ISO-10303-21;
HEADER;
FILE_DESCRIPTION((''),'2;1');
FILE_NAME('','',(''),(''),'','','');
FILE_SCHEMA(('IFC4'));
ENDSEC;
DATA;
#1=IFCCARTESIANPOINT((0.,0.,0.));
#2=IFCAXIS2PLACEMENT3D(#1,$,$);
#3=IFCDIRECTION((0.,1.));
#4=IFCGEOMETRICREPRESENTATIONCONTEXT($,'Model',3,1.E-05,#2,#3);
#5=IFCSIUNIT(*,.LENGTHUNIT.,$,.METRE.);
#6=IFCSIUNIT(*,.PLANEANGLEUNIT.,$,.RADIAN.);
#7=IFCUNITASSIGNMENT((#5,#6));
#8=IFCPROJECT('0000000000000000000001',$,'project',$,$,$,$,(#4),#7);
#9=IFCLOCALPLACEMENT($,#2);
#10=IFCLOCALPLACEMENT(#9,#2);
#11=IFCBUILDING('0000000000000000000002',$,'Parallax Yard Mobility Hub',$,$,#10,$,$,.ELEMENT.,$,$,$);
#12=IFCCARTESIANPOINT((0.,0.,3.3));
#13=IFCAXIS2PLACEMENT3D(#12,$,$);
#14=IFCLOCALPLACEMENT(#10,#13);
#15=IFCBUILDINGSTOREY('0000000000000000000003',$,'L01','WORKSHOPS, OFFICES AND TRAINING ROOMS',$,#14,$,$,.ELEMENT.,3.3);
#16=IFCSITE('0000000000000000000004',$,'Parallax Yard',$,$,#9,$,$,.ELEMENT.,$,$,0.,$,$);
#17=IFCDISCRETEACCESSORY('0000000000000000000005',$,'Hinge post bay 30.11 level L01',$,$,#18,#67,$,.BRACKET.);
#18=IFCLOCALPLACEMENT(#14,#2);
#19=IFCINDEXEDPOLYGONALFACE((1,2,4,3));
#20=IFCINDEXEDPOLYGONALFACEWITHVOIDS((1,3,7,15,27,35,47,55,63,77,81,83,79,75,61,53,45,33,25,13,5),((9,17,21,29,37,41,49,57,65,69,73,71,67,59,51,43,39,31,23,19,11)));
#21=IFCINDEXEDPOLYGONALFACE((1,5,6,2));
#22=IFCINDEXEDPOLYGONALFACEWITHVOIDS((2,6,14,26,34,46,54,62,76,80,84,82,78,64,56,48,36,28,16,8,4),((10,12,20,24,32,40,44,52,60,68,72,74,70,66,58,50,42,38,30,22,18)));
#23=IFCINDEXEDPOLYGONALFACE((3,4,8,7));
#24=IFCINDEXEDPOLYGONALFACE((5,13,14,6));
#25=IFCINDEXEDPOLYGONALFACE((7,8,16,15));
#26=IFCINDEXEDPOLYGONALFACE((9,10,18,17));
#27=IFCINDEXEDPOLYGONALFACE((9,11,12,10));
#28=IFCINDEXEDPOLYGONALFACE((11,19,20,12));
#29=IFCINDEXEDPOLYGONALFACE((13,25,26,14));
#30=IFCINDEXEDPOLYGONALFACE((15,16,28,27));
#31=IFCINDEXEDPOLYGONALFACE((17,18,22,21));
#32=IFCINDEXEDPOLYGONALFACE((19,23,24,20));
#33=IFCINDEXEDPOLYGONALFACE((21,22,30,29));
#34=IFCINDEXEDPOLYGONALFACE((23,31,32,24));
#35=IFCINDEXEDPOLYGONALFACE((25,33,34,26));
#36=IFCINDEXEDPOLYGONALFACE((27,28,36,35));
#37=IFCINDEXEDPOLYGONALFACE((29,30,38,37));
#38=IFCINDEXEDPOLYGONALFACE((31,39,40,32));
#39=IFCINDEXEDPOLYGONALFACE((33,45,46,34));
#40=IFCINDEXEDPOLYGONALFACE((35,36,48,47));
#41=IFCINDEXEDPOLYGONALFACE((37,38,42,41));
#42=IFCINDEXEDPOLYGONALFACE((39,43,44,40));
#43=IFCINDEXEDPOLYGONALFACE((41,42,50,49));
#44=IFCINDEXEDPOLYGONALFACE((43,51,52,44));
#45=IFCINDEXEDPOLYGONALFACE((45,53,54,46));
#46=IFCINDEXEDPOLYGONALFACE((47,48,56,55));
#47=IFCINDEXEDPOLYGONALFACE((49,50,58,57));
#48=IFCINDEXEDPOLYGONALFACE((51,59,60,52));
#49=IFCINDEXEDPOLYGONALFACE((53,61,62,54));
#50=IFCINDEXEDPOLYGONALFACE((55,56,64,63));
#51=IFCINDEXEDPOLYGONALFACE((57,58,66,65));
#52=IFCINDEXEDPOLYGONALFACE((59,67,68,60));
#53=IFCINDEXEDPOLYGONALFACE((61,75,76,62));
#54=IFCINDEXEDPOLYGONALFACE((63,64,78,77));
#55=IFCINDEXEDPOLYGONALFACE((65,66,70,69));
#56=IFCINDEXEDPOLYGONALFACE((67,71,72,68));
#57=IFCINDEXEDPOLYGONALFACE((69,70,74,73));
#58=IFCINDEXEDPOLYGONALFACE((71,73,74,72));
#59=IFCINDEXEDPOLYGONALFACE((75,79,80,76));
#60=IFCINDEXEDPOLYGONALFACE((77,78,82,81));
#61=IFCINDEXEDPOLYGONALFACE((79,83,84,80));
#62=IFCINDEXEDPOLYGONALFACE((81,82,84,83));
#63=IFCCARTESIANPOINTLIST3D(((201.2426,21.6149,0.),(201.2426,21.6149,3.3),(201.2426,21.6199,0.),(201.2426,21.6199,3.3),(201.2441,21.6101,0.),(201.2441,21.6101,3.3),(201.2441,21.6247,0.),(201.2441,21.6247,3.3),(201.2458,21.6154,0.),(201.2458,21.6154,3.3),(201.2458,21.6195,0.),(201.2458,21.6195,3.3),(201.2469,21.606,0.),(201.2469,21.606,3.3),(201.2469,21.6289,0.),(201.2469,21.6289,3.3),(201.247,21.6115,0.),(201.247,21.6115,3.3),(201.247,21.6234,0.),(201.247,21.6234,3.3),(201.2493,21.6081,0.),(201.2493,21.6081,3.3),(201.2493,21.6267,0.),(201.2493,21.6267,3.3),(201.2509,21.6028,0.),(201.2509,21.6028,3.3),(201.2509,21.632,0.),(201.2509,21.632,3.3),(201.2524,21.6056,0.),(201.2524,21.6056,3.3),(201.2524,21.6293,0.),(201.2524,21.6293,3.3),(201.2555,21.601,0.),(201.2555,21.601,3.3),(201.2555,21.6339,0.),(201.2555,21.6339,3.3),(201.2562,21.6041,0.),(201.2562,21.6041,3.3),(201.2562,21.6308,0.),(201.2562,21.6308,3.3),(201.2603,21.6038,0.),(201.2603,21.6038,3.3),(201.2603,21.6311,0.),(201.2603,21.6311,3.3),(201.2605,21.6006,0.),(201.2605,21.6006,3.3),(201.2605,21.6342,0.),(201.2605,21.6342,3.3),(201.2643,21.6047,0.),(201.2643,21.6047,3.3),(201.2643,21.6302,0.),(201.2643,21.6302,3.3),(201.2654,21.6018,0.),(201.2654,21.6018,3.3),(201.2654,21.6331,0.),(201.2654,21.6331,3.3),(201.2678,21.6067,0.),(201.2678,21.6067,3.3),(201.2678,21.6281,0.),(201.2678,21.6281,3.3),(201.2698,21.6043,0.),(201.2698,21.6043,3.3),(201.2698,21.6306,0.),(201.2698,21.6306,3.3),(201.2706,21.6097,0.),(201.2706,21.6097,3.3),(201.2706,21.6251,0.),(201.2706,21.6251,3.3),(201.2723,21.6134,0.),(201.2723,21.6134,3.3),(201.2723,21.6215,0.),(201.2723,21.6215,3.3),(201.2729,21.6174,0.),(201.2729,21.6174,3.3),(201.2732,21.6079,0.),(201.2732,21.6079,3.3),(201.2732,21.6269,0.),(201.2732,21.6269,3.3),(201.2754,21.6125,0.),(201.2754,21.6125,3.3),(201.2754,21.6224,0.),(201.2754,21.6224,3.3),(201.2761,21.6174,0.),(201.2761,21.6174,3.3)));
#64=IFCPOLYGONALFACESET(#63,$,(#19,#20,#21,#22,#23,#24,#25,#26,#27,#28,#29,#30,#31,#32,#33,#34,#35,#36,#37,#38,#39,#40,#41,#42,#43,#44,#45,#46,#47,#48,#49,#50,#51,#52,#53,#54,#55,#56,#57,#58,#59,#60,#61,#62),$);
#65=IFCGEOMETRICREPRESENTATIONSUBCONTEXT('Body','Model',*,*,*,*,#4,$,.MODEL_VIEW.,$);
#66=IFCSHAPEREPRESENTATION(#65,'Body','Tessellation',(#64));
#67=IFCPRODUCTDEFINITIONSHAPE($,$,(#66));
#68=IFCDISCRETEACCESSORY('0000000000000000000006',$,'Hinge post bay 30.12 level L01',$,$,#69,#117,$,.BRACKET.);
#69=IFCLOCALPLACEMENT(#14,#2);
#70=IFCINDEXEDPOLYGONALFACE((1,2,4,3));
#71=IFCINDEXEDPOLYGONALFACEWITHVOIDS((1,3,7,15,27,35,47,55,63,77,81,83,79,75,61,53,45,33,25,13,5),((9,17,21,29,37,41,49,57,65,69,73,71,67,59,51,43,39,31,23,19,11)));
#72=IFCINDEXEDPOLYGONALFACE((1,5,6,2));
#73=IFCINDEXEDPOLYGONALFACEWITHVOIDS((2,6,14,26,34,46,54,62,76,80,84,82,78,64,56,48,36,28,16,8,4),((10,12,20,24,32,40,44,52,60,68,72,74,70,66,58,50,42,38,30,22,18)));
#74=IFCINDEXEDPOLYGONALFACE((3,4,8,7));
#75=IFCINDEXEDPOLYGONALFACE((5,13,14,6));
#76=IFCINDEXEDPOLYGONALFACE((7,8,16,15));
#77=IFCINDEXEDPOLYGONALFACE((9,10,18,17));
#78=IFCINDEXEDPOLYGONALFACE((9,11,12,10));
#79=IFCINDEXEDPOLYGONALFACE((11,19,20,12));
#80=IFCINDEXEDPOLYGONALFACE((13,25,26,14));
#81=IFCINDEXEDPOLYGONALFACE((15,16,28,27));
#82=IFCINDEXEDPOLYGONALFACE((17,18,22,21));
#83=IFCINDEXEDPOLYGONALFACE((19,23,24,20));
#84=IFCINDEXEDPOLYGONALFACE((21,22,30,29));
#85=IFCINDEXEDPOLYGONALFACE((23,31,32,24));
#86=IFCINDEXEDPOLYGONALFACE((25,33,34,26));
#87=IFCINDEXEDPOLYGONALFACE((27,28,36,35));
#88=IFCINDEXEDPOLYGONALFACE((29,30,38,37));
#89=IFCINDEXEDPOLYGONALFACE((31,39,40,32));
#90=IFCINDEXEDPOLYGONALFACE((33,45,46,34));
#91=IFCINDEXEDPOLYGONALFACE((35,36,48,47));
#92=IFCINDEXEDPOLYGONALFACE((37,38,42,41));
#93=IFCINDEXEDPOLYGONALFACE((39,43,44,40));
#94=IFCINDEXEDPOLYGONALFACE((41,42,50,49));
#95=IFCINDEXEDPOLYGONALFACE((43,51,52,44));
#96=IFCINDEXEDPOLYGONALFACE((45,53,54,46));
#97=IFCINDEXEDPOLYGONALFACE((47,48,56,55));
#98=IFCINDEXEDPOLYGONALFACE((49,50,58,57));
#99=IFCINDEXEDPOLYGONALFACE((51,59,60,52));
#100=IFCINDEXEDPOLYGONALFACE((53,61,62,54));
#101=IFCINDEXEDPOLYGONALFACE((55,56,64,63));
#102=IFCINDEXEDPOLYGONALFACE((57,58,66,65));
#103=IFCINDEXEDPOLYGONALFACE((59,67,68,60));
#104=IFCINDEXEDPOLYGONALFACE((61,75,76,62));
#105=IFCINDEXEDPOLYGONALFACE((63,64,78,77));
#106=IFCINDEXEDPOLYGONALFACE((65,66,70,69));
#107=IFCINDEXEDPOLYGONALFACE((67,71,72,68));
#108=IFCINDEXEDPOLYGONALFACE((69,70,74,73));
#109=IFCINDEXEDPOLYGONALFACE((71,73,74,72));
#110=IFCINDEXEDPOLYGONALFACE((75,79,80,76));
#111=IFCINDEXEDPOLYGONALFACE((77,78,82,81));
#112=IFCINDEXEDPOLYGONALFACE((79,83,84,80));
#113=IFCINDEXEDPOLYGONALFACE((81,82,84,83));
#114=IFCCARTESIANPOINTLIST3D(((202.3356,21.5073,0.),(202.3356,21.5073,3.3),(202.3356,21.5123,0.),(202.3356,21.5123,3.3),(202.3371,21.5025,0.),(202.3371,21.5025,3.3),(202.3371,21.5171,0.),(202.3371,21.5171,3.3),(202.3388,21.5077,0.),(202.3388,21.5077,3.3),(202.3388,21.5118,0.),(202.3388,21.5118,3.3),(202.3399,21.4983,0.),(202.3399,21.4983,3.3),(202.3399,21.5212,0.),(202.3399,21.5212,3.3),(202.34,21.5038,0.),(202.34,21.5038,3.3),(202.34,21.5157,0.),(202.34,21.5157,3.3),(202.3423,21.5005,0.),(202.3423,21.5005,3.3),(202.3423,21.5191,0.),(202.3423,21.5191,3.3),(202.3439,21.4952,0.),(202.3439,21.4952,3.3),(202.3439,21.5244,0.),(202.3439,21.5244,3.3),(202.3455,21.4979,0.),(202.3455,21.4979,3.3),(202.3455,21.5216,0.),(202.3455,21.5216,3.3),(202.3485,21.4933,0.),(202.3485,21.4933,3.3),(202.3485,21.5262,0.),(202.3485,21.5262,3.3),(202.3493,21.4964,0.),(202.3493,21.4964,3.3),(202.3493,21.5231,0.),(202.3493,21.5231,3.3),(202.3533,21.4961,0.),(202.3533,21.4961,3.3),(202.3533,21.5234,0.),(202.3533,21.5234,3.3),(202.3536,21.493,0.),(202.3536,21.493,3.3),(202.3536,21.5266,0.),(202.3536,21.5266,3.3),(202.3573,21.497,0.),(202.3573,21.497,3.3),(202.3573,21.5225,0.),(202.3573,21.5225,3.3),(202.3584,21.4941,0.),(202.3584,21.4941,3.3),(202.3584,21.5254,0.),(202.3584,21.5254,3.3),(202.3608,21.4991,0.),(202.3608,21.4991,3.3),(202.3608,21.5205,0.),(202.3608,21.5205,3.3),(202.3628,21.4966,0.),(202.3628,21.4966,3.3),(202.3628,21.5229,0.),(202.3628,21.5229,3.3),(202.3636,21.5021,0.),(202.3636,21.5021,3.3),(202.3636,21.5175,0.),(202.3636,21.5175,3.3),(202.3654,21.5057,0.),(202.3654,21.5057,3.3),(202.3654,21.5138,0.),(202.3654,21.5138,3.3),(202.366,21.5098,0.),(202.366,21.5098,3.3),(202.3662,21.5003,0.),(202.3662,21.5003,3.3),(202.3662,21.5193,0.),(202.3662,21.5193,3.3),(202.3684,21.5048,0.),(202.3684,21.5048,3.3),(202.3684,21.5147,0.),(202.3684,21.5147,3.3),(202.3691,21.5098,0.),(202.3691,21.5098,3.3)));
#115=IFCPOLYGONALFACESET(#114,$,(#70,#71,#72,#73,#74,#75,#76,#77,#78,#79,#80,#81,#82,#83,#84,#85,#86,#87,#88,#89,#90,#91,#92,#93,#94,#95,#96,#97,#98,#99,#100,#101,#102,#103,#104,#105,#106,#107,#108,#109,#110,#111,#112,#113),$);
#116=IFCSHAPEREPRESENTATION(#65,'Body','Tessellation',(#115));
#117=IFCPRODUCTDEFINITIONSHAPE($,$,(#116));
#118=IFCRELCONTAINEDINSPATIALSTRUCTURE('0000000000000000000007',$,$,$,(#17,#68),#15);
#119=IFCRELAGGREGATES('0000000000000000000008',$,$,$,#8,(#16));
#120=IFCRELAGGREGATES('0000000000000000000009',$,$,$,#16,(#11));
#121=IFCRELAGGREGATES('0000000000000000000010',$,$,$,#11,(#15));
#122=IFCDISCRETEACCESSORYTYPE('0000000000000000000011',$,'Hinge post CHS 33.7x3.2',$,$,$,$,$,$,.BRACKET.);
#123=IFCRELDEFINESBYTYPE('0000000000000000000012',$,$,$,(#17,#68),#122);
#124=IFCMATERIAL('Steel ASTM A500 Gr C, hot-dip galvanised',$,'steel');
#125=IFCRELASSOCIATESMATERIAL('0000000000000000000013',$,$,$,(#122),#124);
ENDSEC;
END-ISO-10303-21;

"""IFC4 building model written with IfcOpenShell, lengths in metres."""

from ifc_helpers import new_model, si_unit, direction, frame, origin, origin_2d, place, context, subcontext, project, spatial, hollow_circle, extrude, material, material_profile, profile_set, type_object, element, save


model = new_model("IFC4")

# Units and contexts
model_context = context("Model", 3, precision=1e-05, world=origin(), true_north=direction((0.0, 1.0)))
body_context = subcontext(model_context, "Body", "Model", "MODEL_VIEW")
ifc_project = project(units=[si_unit("LENGTHUNIT", "METRE"), si_unit("PLANEANGLEUNIT", "RADIAN")], contexts=[model_context])

# Site, building, storey
site_placement = place(None, origin())
site = spatial("IfcSite", under=ifc_project, at=site_placement, Name="Parallax Yard", CompositionType="ELEMENT", RefElevation=0.0)
building_placement = place(site_placement, origin())
building = spatial("IfcBuilding", under=site, at=building_placement, Name="Parallax Yard Mobility Hub", CompositionType="ELEMENT")
storey_placement = place(building_placement, frame((0.0, 0.0, 3.3)))
storey = spatial("IfcBuildingStorey", under=building, at=storey_placement, Name="L01", Description="WORKSHOPS, OFFICES AND TRAINING ROOMS", CompositionType="ELEMENT", Elevation=3.3)

# Discrete accessories
ifc_material_1 = material(Name="Steel ASTM A500 Gr C, hot-dip galvanised", Category="steel")
ifc_material_profile_1 = material_profile(ifc_material_1, hollow_circle(Radius=0.0168, WallThickness=0.0032, at=origin_2d()), Name="CHS 33.7x3.2")
ifc_profile_set_1 = profile_set([ifc_material_profile_1], Name="Steel ASTM A500 Gr C, hot-dip galvanised")
discrete_accessory_type_1 = type_object("IfcDiscreteAccessoryType", Name="Hinge post CHS 33.7x3.2", PredefinedType="BRACKET", material=ifc_profile_set_1)
for number, where, z_axis, x_axis, name in (
    (1, (201.2593, 21.6174, 0.0), (0.0, 0.0, 1.0), (1.0, 0.0, 0.0), "Hinge post bay 30.11 level L01"),
    (2, (202.3523, 21.5098, 0.0), (0.0, 0.0, 1.0), (1.0, 0.0, 0.0), "Hinge post bay 30.12 level L01"),
):
    element("IfcDiscreteAccessory", number, at=place(storey_placement, frame(where, z_axis=z_axis, x_axis=x_axis)), inside=storey, type_object=discrete_accessory_type_1, Name=name, PredefinedType="BRACKET", context=body_context, shape_type="SweptSolid", body=[
        extrude(hollow_circle(Radius=0.0168, WallThickness=0.0032, at=origin_2d()), origin(), (0.0, 0.0, 1.0), 3.3),
    ])

save(model, "model.ifc")
